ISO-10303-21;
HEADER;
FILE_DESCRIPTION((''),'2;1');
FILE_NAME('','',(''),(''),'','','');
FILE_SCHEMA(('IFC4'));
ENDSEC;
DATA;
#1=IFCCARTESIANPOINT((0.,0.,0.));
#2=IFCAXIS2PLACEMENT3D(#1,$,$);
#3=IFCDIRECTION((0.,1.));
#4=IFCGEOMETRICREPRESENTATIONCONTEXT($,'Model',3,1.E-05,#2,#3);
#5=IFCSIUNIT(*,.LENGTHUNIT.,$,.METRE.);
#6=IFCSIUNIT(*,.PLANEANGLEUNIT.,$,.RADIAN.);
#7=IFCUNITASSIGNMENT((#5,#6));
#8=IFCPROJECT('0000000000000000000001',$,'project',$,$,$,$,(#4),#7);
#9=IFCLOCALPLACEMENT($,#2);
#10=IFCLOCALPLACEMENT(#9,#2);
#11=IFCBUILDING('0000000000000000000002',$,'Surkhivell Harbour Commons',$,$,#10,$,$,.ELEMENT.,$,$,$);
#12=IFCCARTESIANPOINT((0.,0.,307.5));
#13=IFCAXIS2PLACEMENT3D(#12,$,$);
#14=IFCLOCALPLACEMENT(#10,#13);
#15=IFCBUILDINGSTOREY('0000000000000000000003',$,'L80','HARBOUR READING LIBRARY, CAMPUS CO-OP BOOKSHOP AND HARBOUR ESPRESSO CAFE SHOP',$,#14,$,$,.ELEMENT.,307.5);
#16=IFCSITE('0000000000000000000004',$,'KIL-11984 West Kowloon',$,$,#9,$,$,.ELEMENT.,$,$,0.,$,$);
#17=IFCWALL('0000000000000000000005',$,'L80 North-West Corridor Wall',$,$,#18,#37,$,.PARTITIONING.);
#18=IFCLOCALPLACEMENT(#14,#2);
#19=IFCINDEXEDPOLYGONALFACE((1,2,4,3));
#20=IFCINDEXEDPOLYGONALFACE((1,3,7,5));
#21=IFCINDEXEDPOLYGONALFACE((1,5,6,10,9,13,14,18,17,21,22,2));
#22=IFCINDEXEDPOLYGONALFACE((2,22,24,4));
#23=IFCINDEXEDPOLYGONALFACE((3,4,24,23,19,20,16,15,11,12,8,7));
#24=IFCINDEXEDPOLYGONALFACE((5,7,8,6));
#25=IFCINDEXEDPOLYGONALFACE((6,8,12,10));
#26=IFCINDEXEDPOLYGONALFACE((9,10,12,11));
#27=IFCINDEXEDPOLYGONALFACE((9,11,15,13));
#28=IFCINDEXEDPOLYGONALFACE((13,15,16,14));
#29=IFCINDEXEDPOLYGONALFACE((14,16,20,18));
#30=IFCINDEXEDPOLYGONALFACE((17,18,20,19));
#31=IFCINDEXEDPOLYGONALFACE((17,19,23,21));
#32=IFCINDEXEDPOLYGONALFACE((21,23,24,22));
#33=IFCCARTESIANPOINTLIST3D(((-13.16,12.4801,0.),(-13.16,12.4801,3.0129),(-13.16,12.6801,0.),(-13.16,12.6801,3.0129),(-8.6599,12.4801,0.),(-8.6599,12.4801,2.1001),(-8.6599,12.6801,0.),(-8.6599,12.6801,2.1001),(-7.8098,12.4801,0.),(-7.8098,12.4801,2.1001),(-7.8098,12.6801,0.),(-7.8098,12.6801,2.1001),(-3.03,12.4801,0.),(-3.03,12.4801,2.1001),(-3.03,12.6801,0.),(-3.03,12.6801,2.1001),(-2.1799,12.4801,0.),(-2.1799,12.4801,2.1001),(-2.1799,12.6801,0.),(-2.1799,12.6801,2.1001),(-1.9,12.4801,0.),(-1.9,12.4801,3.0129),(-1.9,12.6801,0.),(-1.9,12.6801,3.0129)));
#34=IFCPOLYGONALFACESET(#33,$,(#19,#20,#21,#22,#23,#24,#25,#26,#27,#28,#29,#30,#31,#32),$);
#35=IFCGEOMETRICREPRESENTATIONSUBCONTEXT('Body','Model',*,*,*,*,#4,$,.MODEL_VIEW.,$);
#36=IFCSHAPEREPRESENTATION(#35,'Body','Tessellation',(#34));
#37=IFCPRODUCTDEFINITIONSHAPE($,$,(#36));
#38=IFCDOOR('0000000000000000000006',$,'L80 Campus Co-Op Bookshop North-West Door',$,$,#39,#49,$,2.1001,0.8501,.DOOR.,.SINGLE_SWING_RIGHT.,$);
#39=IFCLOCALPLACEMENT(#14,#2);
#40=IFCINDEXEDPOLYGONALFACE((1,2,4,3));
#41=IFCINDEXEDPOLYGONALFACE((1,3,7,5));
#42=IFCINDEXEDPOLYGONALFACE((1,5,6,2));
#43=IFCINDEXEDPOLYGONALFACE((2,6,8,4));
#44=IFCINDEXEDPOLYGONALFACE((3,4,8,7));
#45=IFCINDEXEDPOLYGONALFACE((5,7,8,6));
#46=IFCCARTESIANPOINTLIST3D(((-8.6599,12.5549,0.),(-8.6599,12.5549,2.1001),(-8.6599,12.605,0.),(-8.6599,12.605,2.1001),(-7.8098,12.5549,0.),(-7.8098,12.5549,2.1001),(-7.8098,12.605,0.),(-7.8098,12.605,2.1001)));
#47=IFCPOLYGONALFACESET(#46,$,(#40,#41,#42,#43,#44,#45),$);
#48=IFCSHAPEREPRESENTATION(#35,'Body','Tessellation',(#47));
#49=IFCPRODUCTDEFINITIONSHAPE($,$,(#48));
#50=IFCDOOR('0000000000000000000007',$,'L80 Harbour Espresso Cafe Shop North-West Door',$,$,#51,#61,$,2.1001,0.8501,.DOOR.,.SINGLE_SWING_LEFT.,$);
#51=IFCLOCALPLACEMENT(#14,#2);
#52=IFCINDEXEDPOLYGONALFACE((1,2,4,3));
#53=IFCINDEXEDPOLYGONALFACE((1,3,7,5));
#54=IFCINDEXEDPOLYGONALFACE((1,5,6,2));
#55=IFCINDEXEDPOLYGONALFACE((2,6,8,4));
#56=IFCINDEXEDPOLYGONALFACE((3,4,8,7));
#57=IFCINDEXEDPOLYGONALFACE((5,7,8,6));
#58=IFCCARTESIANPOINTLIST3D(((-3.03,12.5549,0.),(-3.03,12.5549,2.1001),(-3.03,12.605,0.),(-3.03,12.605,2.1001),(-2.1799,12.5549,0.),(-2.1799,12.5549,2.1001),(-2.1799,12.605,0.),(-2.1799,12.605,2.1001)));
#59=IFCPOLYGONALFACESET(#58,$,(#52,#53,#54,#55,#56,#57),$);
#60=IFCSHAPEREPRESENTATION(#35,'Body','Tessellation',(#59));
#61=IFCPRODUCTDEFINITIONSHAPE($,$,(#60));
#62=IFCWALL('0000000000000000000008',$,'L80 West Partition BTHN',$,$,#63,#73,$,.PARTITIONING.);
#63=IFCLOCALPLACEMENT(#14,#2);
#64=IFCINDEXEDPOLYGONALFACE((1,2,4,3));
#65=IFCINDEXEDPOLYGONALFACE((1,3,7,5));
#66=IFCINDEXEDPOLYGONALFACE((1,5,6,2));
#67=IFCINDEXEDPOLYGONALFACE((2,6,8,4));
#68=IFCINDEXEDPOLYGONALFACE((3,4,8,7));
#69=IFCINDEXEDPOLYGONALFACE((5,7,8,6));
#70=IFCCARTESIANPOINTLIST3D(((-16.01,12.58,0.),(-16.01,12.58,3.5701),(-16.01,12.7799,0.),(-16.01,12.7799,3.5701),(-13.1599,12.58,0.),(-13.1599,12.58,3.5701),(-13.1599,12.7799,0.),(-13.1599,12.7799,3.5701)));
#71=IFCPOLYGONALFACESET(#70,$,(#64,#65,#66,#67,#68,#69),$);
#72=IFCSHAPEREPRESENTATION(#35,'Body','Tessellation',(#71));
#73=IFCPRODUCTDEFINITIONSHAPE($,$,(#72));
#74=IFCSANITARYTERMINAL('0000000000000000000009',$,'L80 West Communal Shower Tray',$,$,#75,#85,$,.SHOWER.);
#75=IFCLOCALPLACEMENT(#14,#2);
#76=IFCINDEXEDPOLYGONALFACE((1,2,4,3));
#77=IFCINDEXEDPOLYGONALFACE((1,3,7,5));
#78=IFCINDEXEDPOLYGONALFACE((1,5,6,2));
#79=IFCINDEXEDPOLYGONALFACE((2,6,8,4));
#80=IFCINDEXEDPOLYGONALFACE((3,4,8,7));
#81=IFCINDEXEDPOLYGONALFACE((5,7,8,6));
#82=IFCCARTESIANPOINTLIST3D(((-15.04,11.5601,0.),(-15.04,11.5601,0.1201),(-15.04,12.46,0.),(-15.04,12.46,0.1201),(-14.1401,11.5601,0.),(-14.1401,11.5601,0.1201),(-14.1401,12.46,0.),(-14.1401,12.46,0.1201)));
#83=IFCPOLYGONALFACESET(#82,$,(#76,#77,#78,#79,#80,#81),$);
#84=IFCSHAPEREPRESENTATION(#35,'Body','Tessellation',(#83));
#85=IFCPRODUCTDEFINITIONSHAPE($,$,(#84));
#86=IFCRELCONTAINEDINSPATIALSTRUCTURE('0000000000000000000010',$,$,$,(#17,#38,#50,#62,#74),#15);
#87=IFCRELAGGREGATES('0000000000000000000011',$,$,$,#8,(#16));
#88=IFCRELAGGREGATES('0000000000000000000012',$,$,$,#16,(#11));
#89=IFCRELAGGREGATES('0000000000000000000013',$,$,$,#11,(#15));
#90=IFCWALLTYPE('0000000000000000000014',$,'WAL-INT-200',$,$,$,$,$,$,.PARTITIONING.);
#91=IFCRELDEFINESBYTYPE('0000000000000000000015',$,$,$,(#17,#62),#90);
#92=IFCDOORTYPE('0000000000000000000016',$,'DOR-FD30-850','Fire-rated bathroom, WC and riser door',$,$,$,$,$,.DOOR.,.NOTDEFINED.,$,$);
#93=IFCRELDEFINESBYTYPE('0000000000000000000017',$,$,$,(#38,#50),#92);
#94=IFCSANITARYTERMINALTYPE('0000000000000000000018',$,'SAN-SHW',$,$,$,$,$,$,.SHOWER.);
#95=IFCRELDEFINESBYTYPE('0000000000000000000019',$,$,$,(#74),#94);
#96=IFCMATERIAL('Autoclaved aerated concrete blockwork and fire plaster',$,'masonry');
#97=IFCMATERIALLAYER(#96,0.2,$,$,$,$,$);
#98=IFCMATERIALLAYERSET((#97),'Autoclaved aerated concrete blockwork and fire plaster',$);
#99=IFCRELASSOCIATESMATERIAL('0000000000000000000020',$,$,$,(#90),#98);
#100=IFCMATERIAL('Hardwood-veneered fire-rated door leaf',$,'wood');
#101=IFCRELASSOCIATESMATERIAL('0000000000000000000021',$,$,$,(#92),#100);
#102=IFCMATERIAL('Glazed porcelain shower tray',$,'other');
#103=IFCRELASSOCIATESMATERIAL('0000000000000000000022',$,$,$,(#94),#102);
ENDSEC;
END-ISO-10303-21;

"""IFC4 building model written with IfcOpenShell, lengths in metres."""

from ifc_helpers import new_model, si_unit, direction, frame, frame_2d, origin, origin_2d, place, context, subcontext, project, spatial, rectangle, extrude, material, layer, layer_set, type_object, element, fill, save


model = new_model("IFC4")

# Units and contexts
model_context = context("Model", 3, precision=1e-05, world=origin(), true_north=direction((0.0, 1.0)))
body_context = subcontext(model_context, "Body", "Model", "MODEL_VIEW")
ifc_project = project(units=[si_unit("LENGTHUNIT", "METRE"), si_unit("PLANEANGLEUNIT", "RADIAN")], contexts=[model_context])

# Site, building, storey
site_placement = place(None, origin())
site = spatial("IfcSite", under=ifc_project, at=site_placement, Name="KIL-11984 West Kowloon", CompositionType="ELEMENT", RefElevation=0.0)
building_placement = place(site_placement, origin())
building = spatial("IfcBuilding", under=site, at=building_placement, Name="Surkhivell Harbour Commons", CompositionType="ELEMENT")
storey_placement = place(building_placement, frame((0.0, 0.0, 307.5)))
storey = spatial("IfcBuildingStorey", under=building, at=storey_placement, Name="L80", Description="HARBOUR READING LIBRARY, CAMPUS CO-OP BOOKSHOP AND HARBOUR ESPRESSO CAFE SHOP", CompositionType="ELEMENT", Elevation=307.5)

# Shared definitions
ifc_material_1 = material(Name="Autoclaved aerated concrete blockwork and fire plaster", Category="masonry")
ifc_layer_1 = layer(ifc_material_1, 0.2)
ifc_layer_set_1 = layer_set([ifc_layer_1], Name="Autoclaved aerated concrete blockwork and fire plaster")
wall_type_1 = type_object("IfcWallType", Name="WAL-INT-200", PredefinedType="PARTITIONING", material=ifc_layer_set_1)

# Wall, openings, doors
wall_1_placement = place(storey_placement, frame((-13.1599, 12.5801, 0.0), z_axis=(0.0, 0.0, 1.0), x_axis=(1.0, 0.0, 0.0)))
wall_1 = element("IfcWall", 1, at=wall_1_placement, inside=storey, type_object=wall_type_1, Name="L80 North-West Corridor Wall", PredefinedType="PARTITIONING", context=body_context, shape_type="SweptSolid", body=[
    extrude(rectangle(XDim=11.26, YDim=0.2, at=frame_2d((5.6299, 0.0))), origin(), (0.0, 0.0, 1.0), 3.0129),
])
opening_1_placement = place(wall_1_placement, frame((4.5, 0.0, 0.0)))
opening_1 = element("IfcOpeningElement", 2, at=opening_1_placement, cuts=wall_1, PredefinedType="OPENING", context=body_context, shape_type="SweptSolid", body=[
    extrude(rectangle(XDim=0.8501, YDim=2.1001, at=frame_2d((0.425, 1.05))), frame((0.0, 0.1099, 0.0), z_axis=(0.0, -1.0, 0.0), x_axis=(1.0, 0.0, 0.0)), (0.0, 0.0, 1.0), 0.22),
])
opening_2_placement = place(wall_1_placement, frame((10.1299, 0.0, 0.0)))
opening_2 = element("IfcOpeningElement", 3, at=opening_2_placement, cuts=wall_1, PredefinedType="OPENING", context=body_context, shape_type="SweptSolid", body=[
    extrude(rectangle(XDim=0.8501, YDim=2.1001, at=frame_2d((0.425, 1.05))), frame((0.0, 0.1099, 0.0), z_axis=(0.0, -1.0, 0.0), x_axis=(1.0, 0.0, 0.0)), (0.0, 0.0, 1.0), 0.22),
])
ifc_material_2 = material(Name="Hardwood-veneered fire-rated door leaf", Category="wood")
door_type = type_object("IfcDoorType", Name="DOR-FD30-850", Description="Fire-rated bathroom, WC and riser door", OperationType="NOTDEFINED", PredefinedType="DOOR", material=ifc_material_2)
door_1_placement = place(opening_1_placement, origin())
door_1 = element("IfcDoor", 4, at=door_1_placement, inside=storey, type_object=door_type, Name="L80 Campus Co-Op Bookshop North-West Door", OperationType="SINGLE_SWING_RIGHT", OverallHeight=2.1001, OverallWidth=0.8501, PredefinedType="DOOR", context=body_context, shape_type="SweptSolid", body=[
    extrude(rectangle(XDim=0.8501, YDim=2.1001, at=frame_2d((0.425, 1.05))), frame((0.0, 0.0249, 0.0), z_axis=(0.0, -1.0, 0.0), x_axis=(1.0, 0.0, 0.0)), (0.0, 0.0, 1.0), 0.05),
])
fill(opening_1, door_1)
door_2_placement = place(opening_2_placement, origin())
door_2 = element("IfcDoor", 5, at=door_2_placement, inside=storey, type_object=door_type, Name="L80 Harbour Espresso Cafe Shop North-West Door", OperationType="SINGLE_SWING_LEFT", OverallHeight=2.1001, OverallWidth=0.8501, PredefinedType="DOOR", context=body_context, shape_type="SweptSolid", body=[
    extrude(rectangle(XDim=0.8501, YDim=2.1001, at=frame_2d((0.425, 1.05))), frame((0.0, 0.0249, 0.0), z_axis=(0.0, -1.0, 0.0), x_axis=(1.0, 0.0, 0.0)), (0.0, 0.0, 1.0), 0.05),
])
fill(opening_2, door_2)

# Wall
wall_2_placement = place(storey_placement, frame((-16.01, 12.6799, 0.0), z_axis=(0.0, 0.0, 1.0), x_axis=(1.0, 0.0, 0.0)))
element("IfcWall", 6, at=wall_2_placement, inside=storey, type_object=wall_type_1, Name="L80 West Partition BTHN", PredefinedType="PARTITIONING", context=body_context, shape_type="SweptSolid", body=[
    extrude(rectangle(XDim=2.8501, YDim=0.2, at=frame_2d((1.425, 0.0))), origin(), (0.0, 0.0, 1.0), 3.5701),
])

# Sanitary terminal
ifc_material_3 = material(Name="Glazed porcelain shower tray", Category="other")
sanitary_terminal_type = type_object("IfcSanitaryTerminalType", Name="SAN-SHW", PredefinedType="SHOWER", material=ifc_material_3)
sanitary_terminal_placement = place(storey_placement, frame((-14.5901, 12.01, 0.0), z_axis=(0.0, 0.0, 1.0), x_axis=(1.0, 0.0, 0.0)))
element("IfcSanitaryTerminal", 7, at=sanitary_terminal_placement, inside=storey, type_object=sanitary_terminal_type, Name="L80 West Communal Shower Tray", PredefinedType="SHOWER", context=body_context, shape_type="SweptSolid", body=[
    extrude(rectangle(XDim=0.8999, YDim=0.8999, at=origin_2d()), origin(), (0.0, 0.0, 1.0), 0.1201),
])

save(model, "model.ifc")
